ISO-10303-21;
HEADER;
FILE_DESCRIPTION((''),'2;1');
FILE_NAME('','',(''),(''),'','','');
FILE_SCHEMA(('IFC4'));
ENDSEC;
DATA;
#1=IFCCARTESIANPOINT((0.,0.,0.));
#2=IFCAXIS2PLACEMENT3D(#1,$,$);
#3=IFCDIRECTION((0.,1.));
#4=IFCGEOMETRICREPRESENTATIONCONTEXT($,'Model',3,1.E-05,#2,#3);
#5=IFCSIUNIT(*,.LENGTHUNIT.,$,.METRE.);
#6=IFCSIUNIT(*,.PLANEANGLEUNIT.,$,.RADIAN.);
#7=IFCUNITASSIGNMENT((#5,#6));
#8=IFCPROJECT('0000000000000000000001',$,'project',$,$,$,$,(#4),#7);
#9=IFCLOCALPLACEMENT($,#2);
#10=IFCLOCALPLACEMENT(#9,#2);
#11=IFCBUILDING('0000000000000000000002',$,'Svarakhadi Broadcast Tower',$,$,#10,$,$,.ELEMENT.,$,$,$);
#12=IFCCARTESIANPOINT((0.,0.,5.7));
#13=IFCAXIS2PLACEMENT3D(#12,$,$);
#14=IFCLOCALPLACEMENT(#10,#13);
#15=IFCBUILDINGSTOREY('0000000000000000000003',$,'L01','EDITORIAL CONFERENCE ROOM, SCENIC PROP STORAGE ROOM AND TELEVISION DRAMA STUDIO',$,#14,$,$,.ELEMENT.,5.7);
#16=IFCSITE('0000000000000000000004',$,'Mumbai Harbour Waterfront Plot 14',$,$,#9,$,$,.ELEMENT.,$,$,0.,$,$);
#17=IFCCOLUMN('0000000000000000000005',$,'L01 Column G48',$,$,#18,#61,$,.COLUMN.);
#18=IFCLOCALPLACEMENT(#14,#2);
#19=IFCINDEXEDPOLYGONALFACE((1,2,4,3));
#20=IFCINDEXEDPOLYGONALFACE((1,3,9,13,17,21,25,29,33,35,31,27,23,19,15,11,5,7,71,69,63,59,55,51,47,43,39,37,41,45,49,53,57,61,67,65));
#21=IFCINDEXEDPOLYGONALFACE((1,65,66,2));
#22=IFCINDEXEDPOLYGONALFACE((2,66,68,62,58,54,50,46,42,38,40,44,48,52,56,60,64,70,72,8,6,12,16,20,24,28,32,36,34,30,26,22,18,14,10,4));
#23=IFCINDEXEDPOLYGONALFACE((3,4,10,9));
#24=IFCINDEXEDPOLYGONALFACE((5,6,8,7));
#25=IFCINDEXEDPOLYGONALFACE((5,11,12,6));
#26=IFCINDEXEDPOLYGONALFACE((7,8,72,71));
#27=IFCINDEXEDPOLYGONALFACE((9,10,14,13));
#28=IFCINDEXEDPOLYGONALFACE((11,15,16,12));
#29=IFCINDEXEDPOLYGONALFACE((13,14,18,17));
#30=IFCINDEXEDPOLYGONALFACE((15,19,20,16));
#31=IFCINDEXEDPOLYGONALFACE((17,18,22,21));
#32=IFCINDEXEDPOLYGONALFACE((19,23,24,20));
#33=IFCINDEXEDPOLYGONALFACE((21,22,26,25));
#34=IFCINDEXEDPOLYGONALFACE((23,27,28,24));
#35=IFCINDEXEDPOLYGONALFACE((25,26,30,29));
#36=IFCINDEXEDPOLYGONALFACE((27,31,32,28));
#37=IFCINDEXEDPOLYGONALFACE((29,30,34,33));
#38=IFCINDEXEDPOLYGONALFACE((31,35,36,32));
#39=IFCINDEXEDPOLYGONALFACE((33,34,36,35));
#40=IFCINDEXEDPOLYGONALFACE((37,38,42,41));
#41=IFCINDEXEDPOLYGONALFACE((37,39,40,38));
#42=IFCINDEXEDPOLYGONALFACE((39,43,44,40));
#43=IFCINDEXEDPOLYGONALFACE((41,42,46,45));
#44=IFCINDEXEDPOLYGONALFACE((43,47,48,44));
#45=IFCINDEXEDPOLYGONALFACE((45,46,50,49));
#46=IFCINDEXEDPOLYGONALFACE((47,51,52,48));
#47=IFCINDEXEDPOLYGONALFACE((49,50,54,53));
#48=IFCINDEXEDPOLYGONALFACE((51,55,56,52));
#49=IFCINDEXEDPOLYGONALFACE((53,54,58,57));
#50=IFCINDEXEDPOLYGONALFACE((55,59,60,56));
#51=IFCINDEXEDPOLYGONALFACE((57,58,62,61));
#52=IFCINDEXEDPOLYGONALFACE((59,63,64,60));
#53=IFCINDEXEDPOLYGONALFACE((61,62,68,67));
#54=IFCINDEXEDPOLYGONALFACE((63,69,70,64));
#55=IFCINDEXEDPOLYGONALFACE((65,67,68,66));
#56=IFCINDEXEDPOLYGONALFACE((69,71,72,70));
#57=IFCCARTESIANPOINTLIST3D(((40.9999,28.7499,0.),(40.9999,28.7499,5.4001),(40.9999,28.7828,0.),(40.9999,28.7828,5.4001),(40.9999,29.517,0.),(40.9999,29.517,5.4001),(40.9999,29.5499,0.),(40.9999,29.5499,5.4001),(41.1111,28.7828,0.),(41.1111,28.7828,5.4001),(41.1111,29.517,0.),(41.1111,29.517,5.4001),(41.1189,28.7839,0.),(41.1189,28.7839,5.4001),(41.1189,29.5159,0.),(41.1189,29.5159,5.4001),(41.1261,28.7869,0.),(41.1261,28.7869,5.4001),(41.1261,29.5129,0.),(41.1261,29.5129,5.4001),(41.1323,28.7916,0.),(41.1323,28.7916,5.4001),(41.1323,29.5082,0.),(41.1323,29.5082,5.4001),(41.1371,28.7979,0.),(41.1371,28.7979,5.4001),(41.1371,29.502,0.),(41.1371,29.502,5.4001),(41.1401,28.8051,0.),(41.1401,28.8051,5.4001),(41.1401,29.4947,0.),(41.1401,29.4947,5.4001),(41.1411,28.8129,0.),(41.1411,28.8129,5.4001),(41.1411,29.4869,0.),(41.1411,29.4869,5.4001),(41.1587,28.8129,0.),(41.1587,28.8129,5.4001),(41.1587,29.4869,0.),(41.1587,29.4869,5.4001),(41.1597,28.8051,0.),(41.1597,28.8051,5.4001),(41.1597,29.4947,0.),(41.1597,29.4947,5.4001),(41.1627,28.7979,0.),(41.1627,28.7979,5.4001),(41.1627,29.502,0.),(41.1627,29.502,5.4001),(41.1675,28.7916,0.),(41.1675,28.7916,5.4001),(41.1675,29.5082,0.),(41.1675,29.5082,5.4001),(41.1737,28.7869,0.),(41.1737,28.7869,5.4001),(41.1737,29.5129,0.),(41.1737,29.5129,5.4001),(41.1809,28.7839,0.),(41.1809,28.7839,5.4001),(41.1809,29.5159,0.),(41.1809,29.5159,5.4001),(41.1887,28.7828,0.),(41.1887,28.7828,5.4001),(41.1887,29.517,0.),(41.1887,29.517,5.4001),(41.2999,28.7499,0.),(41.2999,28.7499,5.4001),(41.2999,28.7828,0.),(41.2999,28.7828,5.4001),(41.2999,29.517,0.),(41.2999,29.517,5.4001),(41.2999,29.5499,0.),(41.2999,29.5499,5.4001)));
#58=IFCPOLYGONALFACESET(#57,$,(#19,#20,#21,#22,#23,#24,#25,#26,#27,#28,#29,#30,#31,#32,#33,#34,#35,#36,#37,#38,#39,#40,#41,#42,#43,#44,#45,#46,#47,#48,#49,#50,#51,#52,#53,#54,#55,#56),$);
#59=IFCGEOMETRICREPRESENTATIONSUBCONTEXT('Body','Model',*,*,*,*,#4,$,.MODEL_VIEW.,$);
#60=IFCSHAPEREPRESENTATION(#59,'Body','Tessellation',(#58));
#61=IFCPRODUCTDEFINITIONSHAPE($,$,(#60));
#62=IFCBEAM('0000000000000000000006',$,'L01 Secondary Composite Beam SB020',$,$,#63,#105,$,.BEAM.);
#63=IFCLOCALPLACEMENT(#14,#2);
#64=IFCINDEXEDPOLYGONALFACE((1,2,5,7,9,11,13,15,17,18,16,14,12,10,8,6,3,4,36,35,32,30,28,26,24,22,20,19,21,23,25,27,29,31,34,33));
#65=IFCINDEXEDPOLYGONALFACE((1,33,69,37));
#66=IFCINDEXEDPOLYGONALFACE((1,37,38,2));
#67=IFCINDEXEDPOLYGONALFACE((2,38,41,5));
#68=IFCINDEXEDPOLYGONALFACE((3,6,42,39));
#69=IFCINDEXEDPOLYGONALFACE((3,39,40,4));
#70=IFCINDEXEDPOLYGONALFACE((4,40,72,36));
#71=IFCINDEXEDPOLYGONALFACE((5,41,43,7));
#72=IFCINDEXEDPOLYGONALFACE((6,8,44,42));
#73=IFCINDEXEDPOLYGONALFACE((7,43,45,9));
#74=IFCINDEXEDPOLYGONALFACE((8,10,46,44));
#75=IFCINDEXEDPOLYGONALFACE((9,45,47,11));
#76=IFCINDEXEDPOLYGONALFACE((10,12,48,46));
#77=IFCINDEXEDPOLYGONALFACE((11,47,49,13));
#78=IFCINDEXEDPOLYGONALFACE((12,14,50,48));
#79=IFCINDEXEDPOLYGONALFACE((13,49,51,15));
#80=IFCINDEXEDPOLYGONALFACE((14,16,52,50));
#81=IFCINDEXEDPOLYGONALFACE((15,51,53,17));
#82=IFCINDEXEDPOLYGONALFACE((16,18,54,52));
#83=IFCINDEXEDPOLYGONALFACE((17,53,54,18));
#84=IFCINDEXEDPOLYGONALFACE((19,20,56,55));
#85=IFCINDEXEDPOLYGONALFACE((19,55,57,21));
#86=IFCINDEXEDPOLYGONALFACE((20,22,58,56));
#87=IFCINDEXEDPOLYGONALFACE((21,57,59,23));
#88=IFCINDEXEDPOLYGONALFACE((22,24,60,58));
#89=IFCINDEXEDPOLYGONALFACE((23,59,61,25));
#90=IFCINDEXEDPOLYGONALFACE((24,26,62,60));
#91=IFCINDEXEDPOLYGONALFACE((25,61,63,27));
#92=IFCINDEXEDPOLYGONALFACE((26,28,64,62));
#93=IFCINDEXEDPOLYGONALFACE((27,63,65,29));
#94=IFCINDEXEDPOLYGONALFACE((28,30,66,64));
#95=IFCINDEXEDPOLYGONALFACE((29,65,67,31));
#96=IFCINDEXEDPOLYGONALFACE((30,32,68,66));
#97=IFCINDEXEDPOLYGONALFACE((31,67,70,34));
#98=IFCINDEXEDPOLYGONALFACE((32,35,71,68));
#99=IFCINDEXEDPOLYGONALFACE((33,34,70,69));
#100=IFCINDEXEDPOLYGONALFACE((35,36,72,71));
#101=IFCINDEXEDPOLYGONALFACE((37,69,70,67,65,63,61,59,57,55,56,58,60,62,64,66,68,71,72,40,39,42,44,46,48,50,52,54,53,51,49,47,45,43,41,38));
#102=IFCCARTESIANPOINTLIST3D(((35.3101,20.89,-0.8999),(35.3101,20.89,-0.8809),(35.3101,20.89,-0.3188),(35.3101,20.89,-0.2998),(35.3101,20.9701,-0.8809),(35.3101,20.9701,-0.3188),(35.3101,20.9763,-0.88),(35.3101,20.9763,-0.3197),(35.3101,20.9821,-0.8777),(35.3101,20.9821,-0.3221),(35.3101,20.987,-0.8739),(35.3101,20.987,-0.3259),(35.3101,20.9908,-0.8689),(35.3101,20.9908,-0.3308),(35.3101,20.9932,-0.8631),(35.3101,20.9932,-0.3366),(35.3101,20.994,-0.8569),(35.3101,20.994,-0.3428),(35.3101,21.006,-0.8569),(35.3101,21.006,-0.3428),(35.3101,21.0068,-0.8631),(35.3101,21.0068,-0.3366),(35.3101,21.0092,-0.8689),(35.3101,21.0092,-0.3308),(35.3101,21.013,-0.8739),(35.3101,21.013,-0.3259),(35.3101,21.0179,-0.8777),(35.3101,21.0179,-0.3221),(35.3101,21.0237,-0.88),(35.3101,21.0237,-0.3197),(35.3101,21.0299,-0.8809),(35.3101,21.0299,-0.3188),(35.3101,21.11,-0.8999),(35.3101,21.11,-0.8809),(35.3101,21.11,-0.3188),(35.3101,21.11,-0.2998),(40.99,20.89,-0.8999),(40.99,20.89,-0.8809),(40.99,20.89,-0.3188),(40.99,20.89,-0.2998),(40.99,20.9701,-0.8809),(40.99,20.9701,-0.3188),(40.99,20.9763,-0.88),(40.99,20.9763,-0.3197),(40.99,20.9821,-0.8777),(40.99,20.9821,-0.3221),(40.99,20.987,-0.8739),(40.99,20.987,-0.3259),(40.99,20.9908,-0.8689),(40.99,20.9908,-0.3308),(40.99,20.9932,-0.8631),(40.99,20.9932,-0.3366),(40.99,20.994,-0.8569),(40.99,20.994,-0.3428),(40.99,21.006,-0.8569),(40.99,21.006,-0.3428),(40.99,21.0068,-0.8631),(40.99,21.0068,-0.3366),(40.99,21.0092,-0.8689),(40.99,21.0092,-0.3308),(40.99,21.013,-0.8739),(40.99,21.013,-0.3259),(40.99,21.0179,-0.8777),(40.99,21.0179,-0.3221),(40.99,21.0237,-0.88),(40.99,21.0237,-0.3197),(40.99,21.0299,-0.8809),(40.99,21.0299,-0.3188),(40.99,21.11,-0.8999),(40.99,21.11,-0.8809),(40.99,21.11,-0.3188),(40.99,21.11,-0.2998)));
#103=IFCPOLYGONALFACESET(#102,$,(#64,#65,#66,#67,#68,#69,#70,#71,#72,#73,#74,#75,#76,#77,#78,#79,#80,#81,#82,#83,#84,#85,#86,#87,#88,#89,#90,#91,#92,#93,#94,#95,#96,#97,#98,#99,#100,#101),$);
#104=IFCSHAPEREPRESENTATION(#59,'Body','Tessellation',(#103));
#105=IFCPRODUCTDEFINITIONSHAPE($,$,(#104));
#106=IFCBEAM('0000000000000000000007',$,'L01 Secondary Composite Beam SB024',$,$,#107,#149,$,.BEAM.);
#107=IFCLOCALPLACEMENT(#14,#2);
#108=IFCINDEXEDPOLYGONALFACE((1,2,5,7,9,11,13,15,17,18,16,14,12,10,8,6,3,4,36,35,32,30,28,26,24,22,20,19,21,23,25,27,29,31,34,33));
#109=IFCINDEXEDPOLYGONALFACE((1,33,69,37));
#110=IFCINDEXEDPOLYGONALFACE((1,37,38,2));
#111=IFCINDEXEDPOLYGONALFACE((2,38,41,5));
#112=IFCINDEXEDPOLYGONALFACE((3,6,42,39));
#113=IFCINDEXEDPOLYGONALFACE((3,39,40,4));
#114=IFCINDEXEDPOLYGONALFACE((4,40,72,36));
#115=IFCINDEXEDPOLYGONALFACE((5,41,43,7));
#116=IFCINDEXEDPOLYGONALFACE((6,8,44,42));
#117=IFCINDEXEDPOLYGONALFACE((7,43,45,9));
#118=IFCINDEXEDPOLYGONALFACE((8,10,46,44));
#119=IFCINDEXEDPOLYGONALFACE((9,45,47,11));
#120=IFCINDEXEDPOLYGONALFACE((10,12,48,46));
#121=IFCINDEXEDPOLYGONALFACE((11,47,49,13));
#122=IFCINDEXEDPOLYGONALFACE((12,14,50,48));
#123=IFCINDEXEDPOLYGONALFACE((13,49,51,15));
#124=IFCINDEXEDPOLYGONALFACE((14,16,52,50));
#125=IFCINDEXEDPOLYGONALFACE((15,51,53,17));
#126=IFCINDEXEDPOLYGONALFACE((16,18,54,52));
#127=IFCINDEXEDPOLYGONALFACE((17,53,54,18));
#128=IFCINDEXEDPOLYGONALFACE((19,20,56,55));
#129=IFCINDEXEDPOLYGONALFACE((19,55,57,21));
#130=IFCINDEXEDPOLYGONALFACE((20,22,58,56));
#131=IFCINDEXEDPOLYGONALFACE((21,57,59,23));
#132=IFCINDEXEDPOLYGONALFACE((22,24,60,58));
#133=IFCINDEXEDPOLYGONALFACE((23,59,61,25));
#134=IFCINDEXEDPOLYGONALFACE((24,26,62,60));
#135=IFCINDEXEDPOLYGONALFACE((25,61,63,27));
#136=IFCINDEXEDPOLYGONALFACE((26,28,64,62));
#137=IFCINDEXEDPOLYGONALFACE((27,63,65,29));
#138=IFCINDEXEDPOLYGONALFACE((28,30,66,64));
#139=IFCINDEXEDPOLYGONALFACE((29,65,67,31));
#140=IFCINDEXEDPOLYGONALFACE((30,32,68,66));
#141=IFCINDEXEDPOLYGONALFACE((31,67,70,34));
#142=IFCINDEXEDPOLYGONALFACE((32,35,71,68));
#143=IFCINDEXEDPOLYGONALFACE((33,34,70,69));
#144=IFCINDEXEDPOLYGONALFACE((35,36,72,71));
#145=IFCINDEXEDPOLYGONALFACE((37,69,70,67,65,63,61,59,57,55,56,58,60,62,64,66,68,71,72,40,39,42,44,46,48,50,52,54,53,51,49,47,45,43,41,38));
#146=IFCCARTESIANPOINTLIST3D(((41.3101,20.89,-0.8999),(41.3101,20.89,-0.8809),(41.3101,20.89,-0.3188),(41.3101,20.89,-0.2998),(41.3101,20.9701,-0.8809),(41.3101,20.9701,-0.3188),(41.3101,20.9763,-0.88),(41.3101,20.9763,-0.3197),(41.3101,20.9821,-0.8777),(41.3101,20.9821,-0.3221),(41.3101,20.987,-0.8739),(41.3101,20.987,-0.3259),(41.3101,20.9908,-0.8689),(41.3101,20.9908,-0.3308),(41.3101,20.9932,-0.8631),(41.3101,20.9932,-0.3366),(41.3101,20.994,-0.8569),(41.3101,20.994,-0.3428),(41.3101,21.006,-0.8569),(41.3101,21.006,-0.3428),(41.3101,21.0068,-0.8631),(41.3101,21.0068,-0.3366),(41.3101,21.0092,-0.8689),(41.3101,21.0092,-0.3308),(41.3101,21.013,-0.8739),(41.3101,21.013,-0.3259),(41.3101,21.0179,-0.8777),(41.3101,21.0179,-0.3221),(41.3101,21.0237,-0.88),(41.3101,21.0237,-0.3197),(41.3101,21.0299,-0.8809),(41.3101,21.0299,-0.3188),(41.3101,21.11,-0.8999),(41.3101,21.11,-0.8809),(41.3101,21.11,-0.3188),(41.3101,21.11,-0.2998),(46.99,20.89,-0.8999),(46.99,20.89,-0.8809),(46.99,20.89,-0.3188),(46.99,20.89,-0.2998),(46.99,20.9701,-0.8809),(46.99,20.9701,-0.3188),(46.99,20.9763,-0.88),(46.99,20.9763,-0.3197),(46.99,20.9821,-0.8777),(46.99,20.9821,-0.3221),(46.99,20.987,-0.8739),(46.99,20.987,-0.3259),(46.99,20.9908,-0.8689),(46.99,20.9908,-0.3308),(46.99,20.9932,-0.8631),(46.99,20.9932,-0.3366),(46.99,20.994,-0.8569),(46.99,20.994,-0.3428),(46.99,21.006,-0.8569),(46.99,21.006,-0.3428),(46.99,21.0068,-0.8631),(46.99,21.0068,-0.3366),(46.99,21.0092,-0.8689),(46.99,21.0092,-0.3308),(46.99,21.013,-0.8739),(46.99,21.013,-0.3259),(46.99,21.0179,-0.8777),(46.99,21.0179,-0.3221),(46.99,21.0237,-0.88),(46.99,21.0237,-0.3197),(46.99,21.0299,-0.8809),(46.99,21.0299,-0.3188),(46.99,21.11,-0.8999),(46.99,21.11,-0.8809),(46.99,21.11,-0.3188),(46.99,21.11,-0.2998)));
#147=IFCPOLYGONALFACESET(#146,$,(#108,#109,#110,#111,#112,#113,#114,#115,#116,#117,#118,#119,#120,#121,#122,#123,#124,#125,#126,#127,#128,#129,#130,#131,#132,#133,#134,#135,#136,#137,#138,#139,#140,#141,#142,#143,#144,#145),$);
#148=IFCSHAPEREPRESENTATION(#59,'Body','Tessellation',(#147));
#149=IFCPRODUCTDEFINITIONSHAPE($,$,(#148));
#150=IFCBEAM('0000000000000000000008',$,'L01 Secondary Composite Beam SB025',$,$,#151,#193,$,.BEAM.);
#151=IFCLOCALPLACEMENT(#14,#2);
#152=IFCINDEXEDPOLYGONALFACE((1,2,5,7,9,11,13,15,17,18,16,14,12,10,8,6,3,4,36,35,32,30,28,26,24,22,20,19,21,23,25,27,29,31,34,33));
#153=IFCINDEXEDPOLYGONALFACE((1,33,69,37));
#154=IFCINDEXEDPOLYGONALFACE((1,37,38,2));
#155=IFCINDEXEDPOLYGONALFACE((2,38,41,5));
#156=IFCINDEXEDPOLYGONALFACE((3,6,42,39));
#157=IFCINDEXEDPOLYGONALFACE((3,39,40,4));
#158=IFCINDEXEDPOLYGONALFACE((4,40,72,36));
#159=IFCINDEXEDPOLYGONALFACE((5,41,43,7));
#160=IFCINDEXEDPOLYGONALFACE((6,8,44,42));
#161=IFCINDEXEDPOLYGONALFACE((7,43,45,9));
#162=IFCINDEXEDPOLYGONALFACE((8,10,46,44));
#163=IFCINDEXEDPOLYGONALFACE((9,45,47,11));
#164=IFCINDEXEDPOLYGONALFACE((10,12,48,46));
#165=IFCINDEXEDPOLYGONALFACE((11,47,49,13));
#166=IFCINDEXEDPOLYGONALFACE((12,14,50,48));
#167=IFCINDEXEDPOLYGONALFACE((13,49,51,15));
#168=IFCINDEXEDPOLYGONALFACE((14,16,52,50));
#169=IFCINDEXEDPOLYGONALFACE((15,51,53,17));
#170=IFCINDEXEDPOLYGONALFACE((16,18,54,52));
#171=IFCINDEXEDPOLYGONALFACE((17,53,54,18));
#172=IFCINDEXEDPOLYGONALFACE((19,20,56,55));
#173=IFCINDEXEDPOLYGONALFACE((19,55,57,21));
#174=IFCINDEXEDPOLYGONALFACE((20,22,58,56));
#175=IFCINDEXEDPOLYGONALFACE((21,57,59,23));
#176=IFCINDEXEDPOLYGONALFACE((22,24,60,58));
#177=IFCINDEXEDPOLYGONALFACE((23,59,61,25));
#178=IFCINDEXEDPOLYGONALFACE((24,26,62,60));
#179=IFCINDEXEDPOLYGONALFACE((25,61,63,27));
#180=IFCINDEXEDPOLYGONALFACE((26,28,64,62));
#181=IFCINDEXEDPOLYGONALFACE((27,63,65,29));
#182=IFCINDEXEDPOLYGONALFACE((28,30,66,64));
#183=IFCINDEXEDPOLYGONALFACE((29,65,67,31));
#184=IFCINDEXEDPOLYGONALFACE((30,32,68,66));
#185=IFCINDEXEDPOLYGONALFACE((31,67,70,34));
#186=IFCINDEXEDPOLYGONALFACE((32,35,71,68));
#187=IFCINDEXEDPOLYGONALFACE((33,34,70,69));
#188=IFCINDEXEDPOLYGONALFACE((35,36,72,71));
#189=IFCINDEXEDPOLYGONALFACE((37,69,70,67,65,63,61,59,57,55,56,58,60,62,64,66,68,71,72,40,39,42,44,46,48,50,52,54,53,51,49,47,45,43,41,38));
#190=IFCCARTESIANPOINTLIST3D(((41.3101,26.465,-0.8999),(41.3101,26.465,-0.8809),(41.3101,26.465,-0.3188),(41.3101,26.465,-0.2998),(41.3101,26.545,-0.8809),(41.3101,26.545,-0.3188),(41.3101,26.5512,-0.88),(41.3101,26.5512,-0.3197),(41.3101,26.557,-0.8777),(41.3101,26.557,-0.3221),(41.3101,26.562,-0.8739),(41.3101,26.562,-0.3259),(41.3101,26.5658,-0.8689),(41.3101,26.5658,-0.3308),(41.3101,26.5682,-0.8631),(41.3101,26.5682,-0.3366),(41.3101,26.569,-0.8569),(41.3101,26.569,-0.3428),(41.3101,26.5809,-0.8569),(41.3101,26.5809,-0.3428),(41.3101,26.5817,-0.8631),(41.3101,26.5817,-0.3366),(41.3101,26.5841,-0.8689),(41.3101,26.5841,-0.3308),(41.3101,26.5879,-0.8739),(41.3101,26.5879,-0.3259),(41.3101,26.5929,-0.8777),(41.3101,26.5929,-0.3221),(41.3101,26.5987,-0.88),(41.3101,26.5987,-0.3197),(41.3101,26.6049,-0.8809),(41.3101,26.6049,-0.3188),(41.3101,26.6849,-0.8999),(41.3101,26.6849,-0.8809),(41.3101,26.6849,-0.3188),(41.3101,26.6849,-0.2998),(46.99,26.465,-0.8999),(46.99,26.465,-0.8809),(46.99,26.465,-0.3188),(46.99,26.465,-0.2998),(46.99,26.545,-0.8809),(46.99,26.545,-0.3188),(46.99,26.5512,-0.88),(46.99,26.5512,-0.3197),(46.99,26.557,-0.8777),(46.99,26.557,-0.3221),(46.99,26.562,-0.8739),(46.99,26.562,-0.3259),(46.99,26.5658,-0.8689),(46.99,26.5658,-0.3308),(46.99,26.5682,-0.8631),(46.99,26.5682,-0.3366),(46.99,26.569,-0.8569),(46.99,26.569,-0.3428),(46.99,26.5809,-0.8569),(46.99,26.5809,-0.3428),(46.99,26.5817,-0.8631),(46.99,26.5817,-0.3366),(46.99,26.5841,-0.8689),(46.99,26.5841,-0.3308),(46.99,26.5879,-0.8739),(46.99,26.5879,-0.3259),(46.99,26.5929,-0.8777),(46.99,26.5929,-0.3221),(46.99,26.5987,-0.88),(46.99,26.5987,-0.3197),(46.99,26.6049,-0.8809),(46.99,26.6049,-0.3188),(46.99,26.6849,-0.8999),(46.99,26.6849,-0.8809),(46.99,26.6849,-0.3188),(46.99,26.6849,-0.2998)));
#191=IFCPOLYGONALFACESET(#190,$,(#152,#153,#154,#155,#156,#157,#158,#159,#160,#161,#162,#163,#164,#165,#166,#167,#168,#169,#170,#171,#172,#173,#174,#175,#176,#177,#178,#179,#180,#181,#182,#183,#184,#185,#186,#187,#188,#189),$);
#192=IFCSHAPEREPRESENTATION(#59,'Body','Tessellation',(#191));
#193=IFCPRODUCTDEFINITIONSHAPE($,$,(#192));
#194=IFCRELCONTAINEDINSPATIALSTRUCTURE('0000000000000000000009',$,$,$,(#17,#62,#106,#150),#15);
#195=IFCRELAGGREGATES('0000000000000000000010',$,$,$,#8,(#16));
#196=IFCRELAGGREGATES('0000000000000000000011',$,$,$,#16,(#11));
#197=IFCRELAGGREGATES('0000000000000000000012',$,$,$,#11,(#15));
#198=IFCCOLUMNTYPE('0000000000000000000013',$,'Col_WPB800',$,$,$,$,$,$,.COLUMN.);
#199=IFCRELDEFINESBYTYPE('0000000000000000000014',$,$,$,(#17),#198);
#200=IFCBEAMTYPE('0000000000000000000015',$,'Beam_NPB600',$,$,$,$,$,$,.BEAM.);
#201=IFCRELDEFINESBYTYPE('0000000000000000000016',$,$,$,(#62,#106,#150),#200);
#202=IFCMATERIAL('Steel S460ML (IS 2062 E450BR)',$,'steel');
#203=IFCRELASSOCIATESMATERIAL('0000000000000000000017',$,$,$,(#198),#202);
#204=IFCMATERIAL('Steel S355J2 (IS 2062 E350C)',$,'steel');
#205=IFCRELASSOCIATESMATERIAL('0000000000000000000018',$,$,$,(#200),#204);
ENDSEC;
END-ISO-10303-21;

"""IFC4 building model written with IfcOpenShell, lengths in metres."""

from ifc_helpers import new_model, si_unit, direction, frame, origin, origin_2d, place, context, subcontext, project, spatial, i_section, extrude, material, material_profile, profile_set, type_object, element, save


model = new_model("IFC4")

# Units and contexts
model_context = context("Model", 3, precision=1e-05, world=origin(), true_north=direction((0.0, 1.0)))
body_context = subcontext(model_context, "Body", "Model", "MODEL_VIEW")
ifc_project = project(units=[si_unit("LENGTHUNIT", "METRE"), si_unit("PLANEANGLEUNIT", "RADIAN")], contexts=[model_context])

# Site, building, storey
site_placement = place(None, origin())
site = spatial("IfcSite", under=ifc_project, at=site_placement, Name="Mumbai Harbour Waterfront Plot 14", CompositionType="ELEMENT", RefElevation=0.0)
building_placement = place(site_placement, origin())
building = spatial("IfcBuilding", under=site, at=building_placement, Name="Svarakhadi Broadcast Tower", CompositionType="ELEMENT")
storey_placement = place(building_placement, frame((0.0, 0.0, 5.7)))
storey = spatial("IfcBuildingStorey", under=building, at=storey_placement, Name="L01", Description="EDITORIAL CONFERENCE ROOM, SCENIC PROP STORAGE ROOM AND TELEVISION DRAMA STUDIO", CompositionType="ELEMENT", Elevation=5.7)

# Column
ifc_material_1 = material(Name="Steel S460ML (IS 2062 E450BR)", Category="steel")
ifc_material_profile_1 = material_profile(ifc_material_1, i_section(OverallWidth=0.3, OverallDepth=0.8, WebThickness=0.0176, FlangeThickness=0.033, FilletRadius=0.03, at=origin_2d()), Name="WPB 800x300x262")
ifc_profile_set_1 = profile_set([ifc_material_profile_1], Name="Steel S460ML (IS 2062 E450BR)")
column_type_1 = type_object("IfcColumnType", Name="Col_WPB800", PredefinedType="COLUMN", material=ifc_profile_set_1)
for number, where, z_axis, x_axis, name in (
    (1, (41.1499, 29.1499, 0.0), (0.0, 0.0, 1.0), (1.0, 0.0, 0.0), "L01 Column G48"),
):
    element("IfcColumn", number, at=place(storey_placement, frame(where, z_axis=z_axis, x_axis=x_axis)), inside=storey, type_object=column_type_1, Name=name, PredefinedType="COLUMN", context=body_context, shape_type="SweptSolid", body=[
        extrude(i_section(OverallWidth=0.3, OverallDepth=0.8, WebThickness=0.0176, FlangeThickness=0.033, FilletRadius=0.03, at=origin_2d()), origin(), (0.0, 0.0, 1.0), 5.4001),
    ])

# Beams
ifc_material_2 = material(Name="Steel S355J2 (IS 2062 E350C)", Category="steel")
ifc_material_profile_2 = material_profile(ifc_material_2, i_section(OverallWidth=0.22, OverallDepth=0.6001, WebThickness=0.012, FlangeThickness=0.019, FilletRadius=0.0239, at=origin_2d()), Name="NPB 600x220x122")
ifc_profile_set_2 = profile_set([ifc_material_profile_2], Name="Steel S355J2 (IS 2062 E350C)")
beam_type_1 = type_object("IfcBeamType", Name="Beam_NPB600", PredefinedType="BEAM", material=ifc_profile_set_2)
for number, where, z_axis, x_axis, name in (
    (2, (35.3101, 21.0, -0.5999), (1.0, 0.0, 0.0), (0.0, 1.0, 0.0), "L01 Secondary Composite Beam SB020"),
    (3, (41.3101, 21.0, -0.5999), (1.0, 0.0, 0.0), (0.0, 1.0, 0.0), "L01 Secondary Composite Beam SB024"),
    (4, (41.3101, 26.575, -0.5999), (1.0, 0.0, 0.0), (0.0, 1.0, 0.0), "L01 Secondary Composite Beam SB025"),
):
    element("IfcBeam", number, at=place(storey_placement, frame(where, z_axis=z_axis, x_axis=x_axis)), inside=storey, type_object=beam_type_1, Name=name, PredefinedType="BEAM", context=body_context, shape_type="SweptSolid", body=[
        extrude(i_section(OverallWidth=0.22, OverallDepth=0.6001, WebThickness=0.012, FlangeThickness=0.019, FilletRadius=0.0239, at=origin_2d()), origin(), (0.0, 0.0, 1.0), 5.6799),
    ])

save(model, "model.ifc")
